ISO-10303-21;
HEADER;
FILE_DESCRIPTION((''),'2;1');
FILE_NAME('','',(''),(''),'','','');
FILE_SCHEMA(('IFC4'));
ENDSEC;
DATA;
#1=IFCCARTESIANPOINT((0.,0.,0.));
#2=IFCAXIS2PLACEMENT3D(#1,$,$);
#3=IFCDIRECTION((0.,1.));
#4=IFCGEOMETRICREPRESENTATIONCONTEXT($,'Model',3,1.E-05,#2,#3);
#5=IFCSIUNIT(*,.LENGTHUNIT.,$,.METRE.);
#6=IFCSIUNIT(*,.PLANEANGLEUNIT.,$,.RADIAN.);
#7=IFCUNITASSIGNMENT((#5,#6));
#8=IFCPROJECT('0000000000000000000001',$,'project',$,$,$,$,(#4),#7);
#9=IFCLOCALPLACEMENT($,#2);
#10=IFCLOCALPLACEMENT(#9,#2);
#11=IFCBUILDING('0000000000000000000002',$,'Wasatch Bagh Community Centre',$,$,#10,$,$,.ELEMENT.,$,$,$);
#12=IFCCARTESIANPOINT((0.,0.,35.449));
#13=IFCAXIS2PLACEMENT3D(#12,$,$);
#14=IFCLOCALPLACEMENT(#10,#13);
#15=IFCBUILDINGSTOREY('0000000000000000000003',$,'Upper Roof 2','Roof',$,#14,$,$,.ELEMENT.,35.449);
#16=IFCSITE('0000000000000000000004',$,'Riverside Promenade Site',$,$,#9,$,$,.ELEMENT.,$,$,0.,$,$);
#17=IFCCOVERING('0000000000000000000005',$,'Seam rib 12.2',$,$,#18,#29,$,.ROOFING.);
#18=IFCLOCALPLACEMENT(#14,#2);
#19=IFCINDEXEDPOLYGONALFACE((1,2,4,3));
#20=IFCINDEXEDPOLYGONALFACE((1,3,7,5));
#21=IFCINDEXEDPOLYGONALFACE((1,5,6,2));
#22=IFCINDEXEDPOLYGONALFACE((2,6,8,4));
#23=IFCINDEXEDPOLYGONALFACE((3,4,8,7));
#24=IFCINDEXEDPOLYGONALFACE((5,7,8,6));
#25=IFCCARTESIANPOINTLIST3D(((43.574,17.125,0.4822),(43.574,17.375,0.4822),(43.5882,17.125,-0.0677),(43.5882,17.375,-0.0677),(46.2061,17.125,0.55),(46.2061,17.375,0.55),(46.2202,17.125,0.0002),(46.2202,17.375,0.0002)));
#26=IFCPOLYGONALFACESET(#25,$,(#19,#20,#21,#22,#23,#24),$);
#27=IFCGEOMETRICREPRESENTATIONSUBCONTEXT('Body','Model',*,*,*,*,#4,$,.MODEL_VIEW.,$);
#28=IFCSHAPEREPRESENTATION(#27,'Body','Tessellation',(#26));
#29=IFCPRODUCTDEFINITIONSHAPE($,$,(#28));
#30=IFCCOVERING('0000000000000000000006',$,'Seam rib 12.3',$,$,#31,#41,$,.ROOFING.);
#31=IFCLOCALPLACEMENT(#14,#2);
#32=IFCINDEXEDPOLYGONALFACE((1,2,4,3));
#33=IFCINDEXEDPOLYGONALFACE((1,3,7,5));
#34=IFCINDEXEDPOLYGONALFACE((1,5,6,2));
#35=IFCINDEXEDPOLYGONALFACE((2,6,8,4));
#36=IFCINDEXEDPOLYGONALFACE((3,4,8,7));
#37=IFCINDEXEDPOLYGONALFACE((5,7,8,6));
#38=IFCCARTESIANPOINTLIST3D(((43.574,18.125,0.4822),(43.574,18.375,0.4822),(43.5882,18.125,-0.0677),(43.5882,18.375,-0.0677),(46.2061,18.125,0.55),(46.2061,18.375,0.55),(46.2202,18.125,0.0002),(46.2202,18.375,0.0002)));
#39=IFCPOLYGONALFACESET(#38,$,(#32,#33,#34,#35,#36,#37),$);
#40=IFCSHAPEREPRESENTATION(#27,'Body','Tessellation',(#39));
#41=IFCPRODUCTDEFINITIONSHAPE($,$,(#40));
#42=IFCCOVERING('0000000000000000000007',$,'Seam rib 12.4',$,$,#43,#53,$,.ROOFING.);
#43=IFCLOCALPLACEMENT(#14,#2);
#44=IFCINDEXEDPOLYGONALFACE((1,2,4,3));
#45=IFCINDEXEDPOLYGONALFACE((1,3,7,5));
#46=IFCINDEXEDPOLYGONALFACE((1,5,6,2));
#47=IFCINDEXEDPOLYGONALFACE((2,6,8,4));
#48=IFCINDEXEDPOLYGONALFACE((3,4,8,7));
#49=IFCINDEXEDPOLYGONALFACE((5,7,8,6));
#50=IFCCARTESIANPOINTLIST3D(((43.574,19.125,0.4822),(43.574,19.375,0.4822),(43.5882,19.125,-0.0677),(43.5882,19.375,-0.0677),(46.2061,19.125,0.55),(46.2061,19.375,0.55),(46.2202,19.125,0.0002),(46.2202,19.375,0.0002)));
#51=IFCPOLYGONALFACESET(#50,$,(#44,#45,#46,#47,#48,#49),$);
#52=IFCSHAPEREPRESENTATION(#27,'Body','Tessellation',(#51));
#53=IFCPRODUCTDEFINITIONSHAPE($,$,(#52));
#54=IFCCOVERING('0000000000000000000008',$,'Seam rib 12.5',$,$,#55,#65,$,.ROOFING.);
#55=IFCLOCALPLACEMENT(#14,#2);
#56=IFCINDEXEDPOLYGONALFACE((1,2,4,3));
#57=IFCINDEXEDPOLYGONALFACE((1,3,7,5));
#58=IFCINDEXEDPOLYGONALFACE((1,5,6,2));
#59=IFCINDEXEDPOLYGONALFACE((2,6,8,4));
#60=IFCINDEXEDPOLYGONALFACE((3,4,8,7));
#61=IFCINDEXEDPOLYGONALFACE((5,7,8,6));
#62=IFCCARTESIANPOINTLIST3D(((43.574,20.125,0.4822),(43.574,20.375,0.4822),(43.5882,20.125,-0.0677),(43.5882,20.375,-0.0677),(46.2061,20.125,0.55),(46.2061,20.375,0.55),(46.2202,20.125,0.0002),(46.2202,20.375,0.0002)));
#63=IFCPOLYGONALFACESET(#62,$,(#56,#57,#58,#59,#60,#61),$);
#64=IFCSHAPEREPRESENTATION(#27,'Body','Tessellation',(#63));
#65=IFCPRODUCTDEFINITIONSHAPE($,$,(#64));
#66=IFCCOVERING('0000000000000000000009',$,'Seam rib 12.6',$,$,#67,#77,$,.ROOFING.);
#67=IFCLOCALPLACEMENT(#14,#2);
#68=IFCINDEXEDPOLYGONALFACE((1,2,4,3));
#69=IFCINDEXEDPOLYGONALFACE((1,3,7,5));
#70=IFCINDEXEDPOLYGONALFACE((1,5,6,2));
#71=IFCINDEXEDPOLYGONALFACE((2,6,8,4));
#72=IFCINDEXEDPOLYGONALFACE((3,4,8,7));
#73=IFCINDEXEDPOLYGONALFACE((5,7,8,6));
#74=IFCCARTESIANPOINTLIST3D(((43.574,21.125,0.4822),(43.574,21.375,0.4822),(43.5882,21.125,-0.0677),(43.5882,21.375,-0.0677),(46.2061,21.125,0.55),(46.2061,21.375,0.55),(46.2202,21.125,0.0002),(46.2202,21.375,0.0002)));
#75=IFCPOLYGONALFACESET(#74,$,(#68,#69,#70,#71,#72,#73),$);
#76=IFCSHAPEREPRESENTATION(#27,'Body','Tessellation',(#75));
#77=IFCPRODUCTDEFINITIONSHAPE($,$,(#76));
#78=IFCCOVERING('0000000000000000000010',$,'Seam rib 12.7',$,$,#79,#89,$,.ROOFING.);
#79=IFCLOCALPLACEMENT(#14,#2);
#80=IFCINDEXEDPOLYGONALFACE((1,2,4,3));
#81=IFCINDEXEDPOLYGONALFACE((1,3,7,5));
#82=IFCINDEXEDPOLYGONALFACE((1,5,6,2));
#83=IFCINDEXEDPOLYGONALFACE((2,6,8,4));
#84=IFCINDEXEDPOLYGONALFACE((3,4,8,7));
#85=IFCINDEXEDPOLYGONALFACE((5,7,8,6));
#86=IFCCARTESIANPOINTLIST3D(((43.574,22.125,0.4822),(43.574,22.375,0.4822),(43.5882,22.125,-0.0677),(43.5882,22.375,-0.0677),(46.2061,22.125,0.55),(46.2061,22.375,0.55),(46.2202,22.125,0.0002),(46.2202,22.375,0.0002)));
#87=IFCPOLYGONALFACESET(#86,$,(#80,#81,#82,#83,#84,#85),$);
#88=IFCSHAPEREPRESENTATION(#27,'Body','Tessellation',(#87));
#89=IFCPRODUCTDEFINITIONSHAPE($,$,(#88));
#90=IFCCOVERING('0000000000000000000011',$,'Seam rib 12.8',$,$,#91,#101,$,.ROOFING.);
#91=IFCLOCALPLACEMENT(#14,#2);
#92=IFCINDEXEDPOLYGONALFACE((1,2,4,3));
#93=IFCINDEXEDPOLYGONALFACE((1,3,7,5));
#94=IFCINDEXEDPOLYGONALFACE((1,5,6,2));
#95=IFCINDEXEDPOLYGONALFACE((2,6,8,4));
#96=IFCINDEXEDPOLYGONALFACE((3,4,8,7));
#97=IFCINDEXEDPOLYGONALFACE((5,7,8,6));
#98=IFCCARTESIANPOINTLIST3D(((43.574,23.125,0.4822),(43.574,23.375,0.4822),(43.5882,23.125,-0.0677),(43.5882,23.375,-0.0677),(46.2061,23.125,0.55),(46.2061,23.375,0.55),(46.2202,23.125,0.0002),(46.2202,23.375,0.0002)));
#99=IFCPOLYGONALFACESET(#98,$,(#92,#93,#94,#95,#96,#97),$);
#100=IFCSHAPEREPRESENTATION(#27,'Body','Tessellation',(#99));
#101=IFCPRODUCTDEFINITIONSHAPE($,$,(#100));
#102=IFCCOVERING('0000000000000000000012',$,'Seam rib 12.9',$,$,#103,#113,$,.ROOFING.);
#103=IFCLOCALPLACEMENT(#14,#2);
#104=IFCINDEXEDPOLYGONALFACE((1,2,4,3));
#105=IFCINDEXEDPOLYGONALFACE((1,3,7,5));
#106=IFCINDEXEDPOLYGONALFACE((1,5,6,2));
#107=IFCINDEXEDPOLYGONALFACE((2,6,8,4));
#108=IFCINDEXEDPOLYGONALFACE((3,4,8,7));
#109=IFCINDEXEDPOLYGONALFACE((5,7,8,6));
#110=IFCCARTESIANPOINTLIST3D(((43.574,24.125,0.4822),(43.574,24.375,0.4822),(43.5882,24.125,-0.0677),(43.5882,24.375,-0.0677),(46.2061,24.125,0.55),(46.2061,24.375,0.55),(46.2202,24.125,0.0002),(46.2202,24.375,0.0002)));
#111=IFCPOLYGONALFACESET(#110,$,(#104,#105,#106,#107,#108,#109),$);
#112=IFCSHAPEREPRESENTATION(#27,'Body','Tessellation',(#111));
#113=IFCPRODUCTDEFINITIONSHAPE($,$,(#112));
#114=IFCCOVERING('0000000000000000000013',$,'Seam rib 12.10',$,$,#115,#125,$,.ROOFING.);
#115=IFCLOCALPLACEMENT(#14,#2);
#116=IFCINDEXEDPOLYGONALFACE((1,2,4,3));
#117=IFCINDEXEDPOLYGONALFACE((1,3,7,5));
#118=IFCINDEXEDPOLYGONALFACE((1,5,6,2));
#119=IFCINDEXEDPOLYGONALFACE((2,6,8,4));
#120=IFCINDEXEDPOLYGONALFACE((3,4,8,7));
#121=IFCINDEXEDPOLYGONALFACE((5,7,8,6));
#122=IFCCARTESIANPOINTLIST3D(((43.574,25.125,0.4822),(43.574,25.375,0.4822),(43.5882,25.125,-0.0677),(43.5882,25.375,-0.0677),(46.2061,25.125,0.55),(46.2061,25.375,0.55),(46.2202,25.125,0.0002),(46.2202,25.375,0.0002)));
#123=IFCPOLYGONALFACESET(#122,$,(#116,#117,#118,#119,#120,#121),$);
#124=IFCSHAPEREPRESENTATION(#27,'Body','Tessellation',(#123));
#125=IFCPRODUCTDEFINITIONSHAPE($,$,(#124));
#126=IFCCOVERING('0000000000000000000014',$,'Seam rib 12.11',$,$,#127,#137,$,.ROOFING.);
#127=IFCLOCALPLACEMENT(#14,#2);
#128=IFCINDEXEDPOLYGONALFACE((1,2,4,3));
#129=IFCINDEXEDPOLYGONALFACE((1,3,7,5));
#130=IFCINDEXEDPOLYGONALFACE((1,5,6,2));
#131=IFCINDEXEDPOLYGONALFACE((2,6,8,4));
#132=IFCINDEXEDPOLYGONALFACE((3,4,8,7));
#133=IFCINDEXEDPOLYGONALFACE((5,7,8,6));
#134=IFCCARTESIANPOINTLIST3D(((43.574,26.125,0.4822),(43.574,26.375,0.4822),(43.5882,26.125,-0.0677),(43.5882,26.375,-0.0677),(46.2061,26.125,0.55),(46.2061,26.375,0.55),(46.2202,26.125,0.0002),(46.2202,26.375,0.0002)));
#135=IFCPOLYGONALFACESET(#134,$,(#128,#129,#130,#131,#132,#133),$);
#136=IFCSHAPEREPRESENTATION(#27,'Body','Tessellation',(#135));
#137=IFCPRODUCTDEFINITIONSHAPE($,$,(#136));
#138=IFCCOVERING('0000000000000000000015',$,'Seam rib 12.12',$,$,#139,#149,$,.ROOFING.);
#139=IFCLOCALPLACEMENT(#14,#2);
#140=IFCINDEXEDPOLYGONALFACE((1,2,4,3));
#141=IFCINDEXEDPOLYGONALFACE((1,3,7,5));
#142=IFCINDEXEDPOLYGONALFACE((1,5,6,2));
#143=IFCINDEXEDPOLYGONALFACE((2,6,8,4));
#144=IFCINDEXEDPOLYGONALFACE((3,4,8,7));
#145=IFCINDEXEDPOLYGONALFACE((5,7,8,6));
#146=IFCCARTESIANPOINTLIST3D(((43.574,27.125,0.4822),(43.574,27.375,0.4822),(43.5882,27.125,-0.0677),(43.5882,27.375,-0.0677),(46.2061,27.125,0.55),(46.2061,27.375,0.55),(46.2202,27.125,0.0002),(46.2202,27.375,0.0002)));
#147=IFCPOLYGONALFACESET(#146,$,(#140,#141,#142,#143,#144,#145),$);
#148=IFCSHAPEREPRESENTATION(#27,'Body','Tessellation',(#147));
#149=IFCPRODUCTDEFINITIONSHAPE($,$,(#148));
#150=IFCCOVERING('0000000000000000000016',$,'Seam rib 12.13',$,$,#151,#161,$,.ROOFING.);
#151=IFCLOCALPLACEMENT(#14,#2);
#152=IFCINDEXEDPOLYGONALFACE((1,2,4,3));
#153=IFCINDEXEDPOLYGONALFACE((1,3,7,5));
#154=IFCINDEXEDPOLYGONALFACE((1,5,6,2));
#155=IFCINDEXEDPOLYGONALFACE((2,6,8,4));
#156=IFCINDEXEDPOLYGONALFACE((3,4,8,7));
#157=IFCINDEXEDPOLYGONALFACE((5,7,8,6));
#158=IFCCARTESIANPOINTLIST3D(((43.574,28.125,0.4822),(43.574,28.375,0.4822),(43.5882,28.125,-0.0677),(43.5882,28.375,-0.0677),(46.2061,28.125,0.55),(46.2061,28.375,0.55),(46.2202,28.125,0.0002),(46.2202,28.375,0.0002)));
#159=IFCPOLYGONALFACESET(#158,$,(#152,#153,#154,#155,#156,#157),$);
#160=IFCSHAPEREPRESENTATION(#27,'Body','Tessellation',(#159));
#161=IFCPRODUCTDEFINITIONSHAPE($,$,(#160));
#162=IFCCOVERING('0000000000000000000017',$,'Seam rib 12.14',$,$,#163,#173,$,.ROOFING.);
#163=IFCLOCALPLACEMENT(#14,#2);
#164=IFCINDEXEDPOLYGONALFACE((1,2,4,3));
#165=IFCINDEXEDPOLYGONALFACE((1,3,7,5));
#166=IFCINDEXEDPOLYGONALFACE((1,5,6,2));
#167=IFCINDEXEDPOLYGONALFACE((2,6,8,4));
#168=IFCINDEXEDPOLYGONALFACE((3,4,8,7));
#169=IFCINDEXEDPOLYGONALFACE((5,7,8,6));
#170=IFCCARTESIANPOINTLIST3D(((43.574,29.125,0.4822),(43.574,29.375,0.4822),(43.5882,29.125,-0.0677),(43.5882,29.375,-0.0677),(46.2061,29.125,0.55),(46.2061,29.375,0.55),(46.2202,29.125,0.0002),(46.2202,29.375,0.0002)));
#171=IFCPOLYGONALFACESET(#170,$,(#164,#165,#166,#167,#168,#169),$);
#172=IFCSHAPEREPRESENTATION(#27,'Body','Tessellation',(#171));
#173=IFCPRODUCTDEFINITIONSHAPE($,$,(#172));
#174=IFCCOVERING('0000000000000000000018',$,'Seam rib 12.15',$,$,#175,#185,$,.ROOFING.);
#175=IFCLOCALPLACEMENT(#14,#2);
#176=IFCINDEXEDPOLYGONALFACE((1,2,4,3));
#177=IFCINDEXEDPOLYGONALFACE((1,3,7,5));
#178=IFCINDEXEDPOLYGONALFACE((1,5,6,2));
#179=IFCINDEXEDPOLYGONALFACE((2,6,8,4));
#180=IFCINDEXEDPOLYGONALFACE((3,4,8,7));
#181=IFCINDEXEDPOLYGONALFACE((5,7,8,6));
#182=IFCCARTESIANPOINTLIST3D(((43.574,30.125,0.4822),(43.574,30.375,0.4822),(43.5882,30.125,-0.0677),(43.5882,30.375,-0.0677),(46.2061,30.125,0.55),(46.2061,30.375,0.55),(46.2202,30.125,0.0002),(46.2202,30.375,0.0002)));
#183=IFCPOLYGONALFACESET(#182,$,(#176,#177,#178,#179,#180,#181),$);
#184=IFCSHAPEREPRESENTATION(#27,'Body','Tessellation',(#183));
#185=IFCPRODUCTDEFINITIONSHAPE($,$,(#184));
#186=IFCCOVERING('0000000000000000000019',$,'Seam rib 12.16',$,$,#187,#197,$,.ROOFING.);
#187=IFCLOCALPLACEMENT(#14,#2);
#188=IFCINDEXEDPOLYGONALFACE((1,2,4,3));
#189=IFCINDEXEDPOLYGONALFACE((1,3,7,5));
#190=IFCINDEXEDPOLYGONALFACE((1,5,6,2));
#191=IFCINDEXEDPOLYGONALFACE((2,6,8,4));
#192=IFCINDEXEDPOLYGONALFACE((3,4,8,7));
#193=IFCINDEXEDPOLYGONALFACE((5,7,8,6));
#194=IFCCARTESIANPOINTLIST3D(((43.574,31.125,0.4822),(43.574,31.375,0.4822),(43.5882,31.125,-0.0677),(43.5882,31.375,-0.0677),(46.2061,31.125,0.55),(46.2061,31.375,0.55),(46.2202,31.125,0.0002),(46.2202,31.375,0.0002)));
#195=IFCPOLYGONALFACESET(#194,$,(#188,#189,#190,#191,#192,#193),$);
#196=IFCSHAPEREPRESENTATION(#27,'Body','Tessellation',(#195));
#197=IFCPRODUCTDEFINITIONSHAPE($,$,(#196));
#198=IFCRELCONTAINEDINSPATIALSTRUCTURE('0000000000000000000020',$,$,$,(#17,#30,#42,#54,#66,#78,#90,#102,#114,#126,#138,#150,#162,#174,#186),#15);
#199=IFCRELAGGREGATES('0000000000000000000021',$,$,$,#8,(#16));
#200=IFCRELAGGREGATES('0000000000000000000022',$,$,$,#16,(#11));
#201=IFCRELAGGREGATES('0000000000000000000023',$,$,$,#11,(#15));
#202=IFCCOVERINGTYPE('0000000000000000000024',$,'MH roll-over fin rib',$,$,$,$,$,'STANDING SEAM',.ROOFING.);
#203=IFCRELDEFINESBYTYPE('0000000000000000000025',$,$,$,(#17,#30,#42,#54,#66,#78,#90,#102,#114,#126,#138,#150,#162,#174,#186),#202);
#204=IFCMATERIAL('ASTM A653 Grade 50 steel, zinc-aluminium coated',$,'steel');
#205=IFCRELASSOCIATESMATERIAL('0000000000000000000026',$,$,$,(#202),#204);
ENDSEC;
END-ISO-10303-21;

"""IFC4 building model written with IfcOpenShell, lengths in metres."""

from ifc_helpers import new_model, si_unit, direction, frame, origin, place, context, subcontext, project, spatial, polyline, outline, extrude, material, type_object, element, save


model = new_model("IFC4")

# Units and contexts
model_context = context("Model", 3, precision=1e-05, world=origin(), true_north=direction((0.0, 1.0)))
body_context = subcontext(model_context, "Body", "Model", "MODEL_VIEW")
ifc_project = project(units=[si_unit("LENGTHUNIT", "METRE"), si_unit("PLANEANGLEUNIT", "RADIAN")], contexts=[model_context])

# Site, building, storey
site_placement = place(None, origin())
site = spatial("IfcSite", under=ifc_project, at=site_placement, Name="Riverside Promenade Site", CompositionType="ELEMENT", RefElevation=0.0)
building_placement = place(site_placement, origin())
building = spatial("IfcBuilding", under=site, at=building_placement, Name="Wasatch Bagh Community Centre", CompositionType="ELEMENT")
storey_placement = place(building_placement, frame((0.0, 0.0, 35.449)))
storey = spatial("IfcBuildingStorey", under=building, at=storey_placement, Name="Upper Roof 2", Description="Roof", CompositionType="ELEMENT", Elevation=35.449)

# Coverings
ifc_material = material(Name="ASTM A653 Grade 50 steel, zinc-aluminium coated", Category="steel")
covering_type = type_object("IfcCoveringType", Name="MH roll-over fin rib", ElementType="STANDING SEAM", PredefinedType="ROOFING", material=ifc_material)
for number, where, z_axis, x_axis, name in (
    (1, (43.574, 17.125, 0.4822), (-0.025778, 0.0, 0.999668), (0.999668, 0.0, 0.025778), "Seam rib 12.2"),
    (2, (43.574, 18.125, 0.4822), (-0.025778, 0.0, 0.999668), (0.999668, 0.0, 0.025778), "Seam rib 12.3"),
    (3, (43.574, 19.125, 0.4822), (-0.025778, 0.0, 0.999668), (0.999668, 0.0, 0.025778), "Seam rib 12.4"),
    (4, (43.574, 20.125, 0.4822), (-0.025778, 0.0, 0.999668), (0.999668, 0.0, 0.025778), "Seam rib 12.5"),
    (5, (43.574, 21.125, 0.4822), (-0.025778, 0.0, 0.999668), (0.999668, 0.0, 0.025778), "Seam rib 12.6"),
    (6, (43.574, 22.125, 0.4822), (-0.025778, 0.0, 0.999668), (0.999668, 0.0, 0.025778), "Seam rib 12.7"),
    (7, (43.574, 23.125, 0.4822), (-0.025778, 0.0, 0.999668), (0.999668, 0.0, 0.025778), "Seam rib 12.8"),
    (8, (43.574, 24.125, 0.4822), (-0.025778, 0.0, 0.999668), (0.999668, 0.0, 0.025778), "Seam rib 12.9"),
    (9, (43.574, 25.125, 0.4822), (-0.025778, 0.0, 0.999668), (0.999668, 0.0, 0.025778), "Seam rib 12.10"),
    (10, (43.574, 26.125, 0.4822), (-0.025778, 0.0, 0.999668), (0.999668, 0.0, 0.025778), "Seam rib 12.11"),
    (11, (43.574, 27.125, 0.4822), (-0.025778, 0.0, 0.999668), (0.999668, 0.0, 0.025778), "Seam rib 12.12"),
    (12, (43.574, 28.125, 0.4822), (-0.025778, 0.0, 0.999668), (0.999668, 0.0, 0.025778), "Seam rib 12.13"),
    (13, (43.574, 29.125, 0.4822), (-0.025778, 0.0, 0.999668), (0.999668, 0.0, 0.025778), "Seam rib 12.14"),
    (14, (43.574, 30.125, 0.4822), (-0.025778, 0.0, 0.999668), (0.999668, 0.0, 0.025778), "Seam rib 12.15"),
    (15, (43.574, 31.125, 0.4822), (-0.025778, 0.0, 0.999668), (0.999668, 0.0, 0.025778), "Seam rib 12.16"),
):
    element("IfcCovering", number, at=place(storey_placement, frame(where, z_axis=z_axis, x_axis=x_axis)), inside=storey, type_object=covering_type, Name=name, PredefinedType="ROOFING", context=body_context, shape_type="SweptSolid", body=[
        extrude(outline(polyline([(0.0, 0.0), (2.633, 0.0), (2.633, 0.25), (0.0, 0.25), (0.0, 0.0)])), origin(), (0.0, 0.0, -1.0), 0.55),
    ])

save(model, "model.ifc")
